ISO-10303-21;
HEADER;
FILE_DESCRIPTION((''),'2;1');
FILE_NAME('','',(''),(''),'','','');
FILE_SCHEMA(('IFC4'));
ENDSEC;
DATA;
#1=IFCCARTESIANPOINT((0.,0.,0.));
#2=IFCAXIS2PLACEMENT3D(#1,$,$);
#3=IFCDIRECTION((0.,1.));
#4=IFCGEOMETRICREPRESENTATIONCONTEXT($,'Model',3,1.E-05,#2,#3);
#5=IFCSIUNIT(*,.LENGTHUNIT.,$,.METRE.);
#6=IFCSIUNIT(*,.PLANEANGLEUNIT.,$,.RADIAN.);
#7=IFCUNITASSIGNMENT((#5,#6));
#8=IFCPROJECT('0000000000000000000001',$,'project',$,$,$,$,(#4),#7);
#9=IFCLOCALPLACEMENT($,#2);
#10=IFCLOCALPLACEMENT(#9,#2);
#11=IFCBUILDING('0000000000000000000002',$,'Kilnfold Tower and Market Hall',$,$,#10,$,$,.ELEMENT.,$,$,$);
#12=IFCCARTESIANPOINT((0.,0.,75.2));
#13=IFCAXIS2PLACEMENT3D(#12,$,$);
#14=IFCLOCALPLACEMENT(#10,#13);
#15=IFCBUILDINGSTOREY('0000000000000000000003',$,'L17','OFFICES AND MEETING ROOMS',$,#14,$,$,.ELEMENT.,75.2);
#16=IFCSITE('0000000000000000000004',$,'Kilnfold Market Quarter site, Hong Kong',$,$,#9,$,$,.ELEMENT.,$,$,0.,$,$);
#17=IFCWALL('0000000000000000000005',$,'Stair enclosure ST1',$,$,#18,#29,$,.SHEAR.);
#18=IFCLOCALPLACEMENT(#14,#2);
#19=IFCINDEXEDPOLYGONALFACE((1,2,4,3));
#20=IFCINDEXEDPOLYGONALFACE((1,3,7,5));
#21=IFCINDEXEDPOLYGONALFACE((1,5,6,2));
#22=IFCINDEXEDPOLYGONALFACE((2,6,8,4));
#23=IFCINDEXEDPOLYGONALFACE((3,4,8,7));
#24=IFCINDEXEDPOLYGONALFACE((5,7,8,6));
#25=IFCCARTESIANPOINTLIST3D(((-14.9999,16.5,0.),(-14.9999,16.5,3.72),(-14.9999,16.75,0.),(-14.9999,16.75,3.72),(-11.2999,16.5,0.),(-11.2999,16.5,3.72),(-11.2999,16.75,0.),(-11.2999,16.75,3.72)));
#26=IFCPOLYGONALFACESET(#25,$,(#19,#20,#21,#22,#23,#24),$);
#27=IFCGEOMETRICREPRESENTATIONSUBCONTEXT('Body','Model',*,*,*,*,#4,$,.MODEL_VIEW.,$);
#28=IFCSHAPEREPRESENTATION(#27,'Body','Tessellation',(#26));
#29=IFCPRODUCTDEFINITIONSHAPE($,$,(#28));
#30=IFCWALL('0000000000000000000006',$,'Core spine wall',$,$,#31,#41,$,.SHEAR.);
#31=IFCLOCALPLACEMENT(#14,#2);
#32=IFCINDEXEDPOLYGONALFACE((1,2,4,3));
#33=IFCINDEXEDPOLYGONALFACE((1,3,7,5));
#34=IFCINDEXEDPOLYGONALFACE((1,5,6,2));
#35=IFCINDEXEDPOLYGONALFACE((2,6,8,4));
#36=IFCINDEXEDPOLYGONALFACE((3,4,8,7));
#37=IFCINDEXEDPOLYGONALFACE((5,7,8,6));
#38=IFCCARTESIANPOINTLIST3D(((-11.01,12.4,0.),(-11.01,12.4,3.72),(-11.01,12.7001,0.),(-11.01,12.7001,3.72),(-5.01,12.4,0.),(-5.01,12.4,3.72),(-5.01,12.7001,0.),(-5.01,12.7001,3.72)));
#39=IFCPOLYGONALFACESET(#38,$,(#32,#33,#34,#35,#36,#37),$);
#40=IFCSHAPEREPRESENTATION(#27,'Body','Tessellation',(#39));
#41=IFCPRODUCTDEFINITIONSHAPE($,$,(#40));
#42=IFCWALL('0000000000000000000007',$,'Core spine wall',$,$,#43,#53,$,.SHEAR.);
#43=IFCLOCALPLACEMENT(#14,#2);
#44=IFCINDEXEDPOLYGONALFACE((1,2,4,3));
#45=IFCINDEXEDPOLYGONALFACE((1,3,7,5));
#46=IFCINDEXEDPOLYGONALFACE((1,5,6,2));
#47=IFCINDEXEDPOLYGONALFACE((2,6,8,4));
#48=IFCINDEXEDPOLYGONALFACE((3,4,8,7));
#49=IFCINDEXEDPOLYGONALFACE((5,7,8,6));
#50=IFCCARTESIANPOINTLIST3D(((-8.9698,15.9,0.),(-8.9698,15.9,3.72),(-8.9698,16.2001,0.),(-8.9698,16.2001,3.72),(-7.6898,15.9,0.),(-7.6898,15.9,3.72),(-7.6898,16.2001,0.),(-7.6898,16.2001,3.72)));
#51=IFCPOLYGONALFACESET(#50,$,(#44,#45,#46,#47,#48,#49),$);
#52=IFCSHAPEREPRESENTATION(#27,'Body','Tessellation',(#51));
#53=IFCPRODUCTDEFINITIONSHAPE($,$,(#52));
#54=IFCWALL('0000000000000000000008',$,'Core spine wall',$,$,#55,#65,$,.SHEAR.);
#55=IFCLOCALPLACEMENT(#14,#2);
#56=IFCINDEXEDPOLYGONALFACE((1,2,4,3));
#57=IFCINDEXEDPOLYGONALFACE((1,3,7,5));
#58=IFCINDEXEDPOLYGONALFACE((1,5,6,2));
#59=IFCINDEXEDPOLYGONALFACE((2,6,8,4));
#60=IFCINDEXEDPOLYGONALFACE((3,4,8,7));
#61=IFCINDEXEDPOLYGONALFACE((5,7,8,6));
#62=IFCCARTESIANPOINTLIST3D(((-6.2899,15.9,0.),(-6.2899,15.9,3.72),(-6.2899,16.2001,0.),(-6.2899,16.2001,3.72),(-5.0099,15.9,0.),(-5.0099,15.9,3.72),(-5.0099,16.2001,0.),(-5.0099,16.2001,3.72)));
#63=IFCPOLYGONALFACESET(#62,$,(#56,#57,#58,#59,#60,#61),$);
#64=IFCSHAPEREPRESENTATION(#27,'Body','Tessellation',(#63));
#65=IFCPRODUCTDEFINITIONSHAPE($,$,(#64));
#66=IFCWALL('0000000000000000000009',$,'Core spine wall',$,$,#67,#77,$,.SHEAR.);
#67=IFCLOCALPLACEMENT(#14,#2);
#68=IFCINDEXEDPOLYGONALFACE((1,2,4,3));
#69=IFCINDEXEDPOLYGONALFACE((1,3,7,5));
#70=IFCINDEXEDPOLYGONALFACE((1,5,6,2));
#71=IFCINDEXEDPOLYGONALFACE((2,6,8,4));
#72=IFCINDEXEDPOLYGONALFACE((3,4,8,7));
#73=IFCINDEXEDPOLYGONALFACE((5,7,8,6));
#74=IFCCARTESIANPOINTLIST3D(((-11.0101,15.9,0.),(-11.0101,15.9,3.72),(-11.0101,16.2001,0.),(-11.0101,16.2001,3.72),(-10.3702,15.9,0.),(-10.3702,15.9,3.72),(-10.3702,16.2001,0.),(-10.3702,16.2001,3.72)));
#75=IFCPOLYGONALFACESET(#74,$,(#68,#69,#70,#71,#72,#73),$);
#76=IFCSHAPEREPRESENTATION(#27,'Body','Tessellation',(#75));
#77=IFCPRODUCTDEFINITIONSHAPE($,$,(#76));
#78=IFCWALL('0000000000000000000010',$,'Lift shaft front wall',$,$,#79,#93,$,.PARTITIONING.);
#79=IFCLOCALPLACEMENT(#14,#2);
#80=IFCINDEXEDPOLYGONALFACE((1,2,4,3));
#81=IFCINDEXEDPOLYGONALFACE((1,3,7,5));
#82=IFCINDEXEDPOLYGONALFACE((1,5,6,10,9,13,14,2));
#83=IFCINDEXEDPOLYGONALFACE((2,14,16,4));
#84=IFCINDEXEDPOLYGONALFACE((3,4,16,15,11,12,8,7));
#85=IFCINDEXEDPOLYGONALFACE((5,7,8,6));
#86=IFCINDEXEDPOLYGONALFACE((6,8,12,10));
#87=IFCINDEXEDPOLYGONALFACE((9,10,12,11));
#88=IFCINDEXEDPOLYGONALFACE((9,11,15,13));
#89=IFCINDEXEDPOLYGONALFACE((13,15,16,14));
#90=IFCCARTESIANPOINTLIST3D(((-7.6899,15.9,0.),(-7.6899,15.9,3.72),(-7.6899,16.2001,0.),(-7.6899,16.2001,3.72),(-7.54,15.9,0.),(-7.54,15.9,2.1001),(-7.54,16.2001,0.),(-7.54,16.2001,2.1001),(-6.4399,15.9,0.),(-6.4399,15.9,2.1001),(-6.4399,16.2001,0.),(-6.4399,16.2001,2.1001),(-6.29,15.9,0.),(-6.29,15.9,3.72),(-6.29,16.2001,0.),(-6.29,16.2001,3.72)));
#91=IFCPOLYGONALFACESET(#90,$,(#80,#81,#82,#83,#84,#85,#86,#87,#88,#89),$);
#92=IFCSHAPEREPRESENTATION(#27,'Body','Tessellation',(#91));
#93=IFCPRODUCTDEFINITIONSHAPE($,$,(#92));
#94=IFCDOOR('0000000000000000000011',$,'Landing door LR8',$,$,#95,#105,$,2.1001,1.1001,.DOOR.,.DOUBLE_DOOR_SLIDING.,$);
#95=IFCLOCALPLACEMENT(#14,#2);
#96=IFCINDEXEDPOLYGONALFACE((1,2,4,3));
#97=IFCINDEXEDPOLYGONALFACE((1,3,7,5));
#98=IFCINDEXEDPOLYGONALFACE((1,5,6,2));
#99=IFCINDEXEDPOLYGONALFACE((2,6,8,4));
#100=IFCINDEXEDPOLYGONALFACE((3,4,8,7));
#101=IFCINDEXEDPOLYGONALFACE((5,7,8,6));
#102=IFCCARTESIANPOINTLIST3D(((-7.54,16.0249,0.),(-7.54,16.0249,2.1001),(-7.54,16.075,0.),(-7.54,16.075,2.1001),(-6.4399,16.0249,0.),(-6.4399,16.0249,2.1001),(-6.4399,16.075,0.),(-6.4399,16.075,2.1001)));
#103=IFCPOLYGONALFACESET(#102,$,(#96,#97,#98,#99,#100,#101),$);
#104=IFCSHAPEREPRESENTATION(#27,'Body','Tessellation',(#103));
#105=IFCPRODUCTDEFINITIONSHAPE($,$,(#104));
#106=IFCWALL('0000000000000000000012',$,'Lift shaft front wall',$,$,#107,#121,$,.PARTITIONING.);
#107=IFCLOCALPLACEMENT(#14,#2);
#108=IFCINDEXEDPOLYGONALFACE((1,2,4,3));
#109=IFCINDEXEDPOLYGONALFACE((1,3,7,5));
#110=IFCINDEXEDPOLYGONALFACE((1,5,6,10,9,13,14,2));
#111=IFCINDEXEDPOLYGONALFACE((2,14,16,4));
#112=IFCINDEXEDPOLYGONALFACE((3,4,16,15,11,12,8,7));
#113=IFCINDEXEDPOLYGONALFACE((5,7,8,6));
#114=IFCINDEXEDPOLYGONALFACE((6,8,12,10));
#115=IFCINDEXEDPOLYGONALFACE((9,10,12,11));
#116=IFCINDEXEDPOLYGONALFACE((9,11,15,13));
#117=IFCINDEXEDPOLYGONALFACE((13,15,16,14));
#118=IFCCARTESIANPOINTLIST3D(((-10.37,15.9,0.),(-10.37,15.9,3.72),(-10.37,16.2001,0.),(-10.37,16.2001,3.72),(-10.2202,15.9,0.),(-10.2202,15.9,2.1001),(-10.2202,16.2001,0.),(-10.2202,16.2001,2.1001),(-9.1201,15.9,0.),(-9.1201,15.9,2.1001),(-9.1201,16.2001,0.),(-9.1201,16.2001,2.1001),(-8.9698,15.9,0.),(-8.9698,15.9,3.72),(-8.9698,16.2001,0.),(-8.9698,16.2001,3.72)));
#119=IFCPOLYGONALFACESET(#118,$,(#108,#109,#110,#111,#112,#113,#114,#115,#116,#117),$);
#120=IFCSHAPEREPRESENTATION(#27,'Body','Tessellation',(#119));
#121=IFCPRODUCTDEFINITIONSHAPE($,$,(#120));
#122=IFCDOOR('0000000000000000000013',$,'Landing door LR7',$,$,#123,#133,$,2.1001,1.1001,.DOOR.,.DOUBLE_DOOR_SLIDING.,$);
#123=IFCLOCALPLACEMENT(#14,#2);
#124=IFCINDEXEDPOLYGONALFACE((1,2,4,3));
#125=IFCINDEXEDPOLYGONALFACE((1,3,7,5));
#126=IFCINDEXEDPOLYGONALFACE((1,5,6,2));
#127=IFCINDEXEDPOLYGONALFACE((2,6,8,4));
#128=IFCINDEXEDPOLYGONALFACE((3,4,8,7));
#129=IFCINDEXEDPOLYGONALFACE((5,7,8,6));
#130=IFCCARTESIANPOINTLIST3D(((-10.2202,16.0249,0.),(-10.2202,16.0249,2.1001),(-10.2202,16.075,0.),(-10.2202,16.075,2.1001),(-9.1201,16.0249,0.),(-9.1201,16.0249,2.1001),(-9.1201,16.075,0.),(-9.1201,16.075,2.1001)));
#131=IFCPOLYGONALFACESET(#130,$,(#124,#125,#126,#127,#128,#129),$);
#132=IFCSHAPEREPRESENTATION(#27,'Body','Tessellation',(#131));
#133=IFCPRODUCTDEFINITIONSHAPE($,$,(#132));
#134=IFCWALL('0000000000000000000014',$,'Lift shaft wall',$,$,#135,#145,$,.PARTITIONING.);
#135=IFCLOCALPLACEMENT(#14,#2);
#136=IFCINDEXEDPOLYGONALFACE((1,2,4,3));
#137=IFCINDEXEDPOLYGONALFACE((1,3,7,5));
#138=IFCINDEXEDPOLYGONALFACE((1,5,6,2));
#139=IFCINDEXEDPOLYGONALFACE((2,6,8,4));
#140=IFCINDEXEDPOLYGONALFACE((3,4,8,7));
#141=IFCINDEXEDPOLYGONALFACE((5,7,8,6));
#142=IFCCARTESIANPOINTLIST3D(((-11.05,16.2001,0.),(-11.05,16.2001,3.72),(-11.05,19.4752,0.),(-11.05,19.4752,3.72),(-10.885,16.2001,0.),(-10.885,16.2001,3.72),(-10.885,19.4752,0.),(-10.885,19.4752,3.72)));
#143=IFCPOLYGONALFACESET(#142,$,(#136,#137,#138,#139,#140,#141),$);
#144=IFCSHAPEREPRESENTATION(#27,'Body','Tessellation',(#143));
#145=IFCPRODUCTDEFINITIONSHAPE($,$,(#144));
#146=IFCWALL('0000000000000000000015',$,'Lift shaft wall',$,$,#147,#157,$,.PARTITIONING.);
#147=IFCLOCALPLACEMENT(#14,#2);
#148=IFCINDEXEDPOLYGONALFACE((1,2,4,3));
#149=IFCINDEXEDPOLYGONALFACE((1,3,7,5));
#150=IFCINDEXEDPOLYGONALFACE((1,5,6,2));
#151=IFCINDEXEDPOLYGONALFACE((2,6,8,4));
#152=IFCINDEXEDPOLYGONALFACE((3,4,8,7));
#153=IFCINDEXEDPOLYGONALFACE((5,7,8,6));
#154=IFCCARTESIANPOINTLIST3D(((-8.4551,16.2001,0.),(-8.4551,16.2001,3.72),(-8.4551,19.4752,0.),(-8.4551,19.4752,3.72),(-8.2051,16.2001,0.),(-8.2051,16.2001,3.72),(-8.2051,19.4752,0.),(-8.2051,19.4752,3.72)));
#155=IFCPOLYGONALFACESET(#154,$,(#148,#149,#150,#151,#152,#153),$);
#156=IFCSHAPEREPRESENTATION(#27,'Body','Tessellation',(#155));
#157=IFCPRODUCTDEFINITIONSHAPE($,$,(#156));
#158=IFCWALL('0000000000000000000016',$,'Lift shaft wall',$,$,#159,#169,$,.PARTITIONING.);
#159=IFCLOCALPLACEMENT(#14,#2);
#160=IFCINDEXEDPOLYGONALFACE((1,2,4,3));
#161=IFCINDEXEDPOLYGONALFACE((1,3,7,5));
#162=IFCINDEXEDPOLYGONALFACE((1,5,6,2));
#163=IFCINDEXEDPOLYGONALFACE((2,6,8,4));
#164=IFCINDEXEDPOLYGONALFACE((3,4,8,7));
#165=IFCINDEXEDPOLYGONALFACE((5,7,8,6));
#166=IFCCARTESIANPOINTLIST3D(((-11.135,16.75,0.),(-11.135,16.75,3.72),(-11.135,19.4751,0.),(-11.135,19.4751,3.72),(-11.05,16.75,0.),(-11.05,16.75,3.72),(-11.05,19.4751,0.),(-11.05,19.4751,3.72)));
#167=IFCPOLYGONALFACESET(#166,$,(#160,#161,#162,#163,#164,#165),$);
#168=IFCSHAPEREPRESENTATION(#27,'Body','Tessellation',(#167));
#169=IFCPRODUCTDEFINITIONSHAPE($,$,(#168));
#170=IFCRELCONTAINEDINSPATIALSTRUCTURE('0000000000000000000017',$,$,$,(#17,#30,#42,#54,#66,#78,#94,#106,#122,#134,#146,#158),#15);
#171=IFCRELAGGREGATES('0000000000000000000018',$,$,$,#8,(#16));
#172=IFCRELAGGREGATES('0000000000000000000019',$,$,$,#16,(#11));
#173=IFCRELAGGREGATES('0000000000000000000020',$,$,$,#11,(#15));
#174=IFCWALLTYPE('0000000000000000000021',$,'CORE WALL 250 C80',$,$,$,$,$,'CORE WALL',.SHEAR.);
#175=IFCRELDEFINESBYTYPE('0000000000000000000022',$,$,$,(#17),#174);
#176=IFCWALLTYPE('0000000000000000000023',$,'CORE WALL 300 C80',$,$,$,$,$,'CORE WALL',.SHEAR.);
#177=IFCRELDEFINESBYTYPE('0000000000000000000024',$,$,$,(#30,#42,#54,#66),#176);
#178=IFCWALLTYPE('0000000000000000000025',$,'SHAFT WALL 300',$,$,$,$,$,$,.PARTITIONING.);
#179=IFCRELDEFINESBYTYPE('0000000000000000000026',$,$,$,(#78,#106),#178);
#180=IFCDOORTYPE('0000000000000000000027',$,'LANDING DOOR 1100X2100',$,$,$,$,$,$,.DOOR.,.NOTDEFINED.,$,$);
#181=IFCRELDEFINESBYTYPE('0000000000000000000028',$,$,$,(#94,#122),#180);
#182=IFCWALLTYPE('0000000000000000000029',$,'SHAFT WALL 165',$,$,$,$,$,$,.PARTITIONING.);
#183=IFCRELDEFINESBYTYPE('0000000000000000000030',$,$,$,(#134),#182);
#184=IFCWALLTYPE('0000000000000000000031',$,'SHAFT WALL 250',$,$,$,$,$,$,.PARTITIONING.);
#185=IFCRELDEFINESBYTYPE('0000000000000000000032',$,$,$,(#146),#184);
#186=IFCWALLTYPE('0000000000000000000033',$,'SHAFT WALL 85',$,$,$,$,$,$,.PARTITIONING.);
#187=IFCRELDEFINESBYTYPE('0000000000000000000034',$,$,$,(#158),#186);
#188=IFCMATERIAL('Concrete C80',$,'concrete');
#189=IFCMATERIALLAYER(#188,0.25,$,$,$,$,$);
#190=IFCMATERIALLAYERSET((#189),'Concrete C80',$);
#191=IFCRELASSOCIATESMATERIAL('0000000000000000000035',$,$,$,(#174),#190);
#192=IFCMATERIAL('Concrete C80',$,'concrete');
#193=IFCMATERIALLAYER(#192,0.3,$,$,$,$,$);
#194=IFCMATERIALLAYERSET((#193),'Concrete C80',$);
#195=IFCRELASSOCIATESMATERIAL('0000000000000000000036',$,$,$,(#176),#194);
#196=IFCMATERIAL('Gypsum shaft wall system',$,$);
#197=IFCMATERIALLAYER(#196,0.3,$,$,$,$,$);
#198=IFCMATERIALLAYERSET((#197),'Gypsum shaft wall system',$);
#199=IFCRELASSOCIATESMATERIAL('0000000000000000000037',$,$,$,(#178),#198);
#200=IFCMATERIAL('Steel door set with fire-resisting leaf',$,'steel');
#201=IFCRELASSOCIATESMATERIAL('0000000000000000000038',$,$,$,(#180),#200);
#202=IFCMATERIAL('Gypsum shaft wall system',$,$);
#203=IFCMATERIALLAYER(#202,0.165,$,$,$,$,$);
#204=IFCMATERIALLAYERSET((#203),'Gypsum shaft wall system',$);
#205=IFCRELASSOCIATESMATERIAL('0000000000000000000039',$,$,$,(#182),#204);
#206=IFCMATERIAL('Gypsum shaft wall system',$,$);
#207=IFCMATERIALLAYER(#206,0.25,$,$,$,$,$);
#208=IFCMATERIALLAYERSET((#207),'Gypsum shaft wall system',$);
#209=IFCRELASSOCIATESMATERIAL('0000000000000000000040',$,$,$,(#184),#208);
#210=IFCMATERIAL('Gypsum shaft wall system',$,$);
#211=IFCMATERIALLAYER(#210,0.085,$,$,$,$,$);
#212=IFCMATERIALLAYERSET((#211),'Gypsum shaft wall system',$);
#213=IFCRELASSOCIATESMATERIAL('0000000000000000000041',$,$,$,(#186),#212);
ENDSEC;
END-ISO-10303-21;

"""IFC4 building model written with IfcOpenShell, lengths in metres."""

from ifc_helpers import new_model, si_unit, direction, frame, frame_2d, origin, place, context, subcontext, project, spatial, rectangle, extrude, source, transform, mapped, material, layer, layer_set, type_object, element, fill, save


model = new_model("IFC4")

# Units and contexts
model_context = context("Model", 3, precision=1e-05, world=origin(), true_north=direction((0.0, 1.0)))
body_context = subcontext(model_context, "Body", "Model", "MODEL_VIEW")
ifc_project = project(units=[si_unit("LENGTHUNIT", "METRE"), si_unit("PLANEANGLEUNIT", "RADIAN")], contexts=[model_context])

# Site, building, storey
site_placement = place(None, origin())
site = spatial("IfcSite", under=ifc_project, at=site_placement, Name="Kilnfold Market Quarter site, Hong Kong", CompositionType="ELEMENT", RefElevation=0.0)
building_placement = place(site_placement, origin())
building = spatial("IfcBuilding", under=site, at=building_placement, Name="Kilnfold Tower and Market Hall", CompositionType="ELEMENT")
storey_placement = place(building_placement, frame((0.0, 0.0, 75.2)))
storey = spatial("IfcBuildingStorey", under=building, at=storey_placement, Name="L17", Description="OFFICES AND MEETING ROOMS", CompositionType="ELEMENT", Elevation=75.2)

# Walls
ifc_material_1 = material(Name="Concrete C80", Category="concrete")
ifc_layer_1 = layer(ifc_material_1, 0.25)
ifc_layer_set_1 = layer_set([ifc_layer_1], Name="Concrete C80")
wall_type_1 = type_object("IfcWallType", Name="CORE WALL 250 C80", ElementType="CORE WALL", PredefinedType="SHEAR", material=ifc_layer_set_1)
shared_shape_1 = source(origin(), body_context, "Body", "SweptSolid", [
    extrude(rectangle(XDim=3.7, YDim=0.25, at=frame_2d((1.8501, 0.0))), origin(), (0.0, 0.0, 1.0), 3.72),
])
wall_1_placement = place(storey_placement, frame((-15.0, 16.625, 0.0), z_axis=(0.0, 0.0, 1.0), x_axis=(1.0, 0.0, 0.0)))
element("IfcWall", 1, at=wall_1_placement, inside=storey, type_object=wall_type_1, Name="Stair enclosure ST1", PredefinedType="SHEAR", context=body_context, shape_type="MappedRepresentation", body=[
    mapped(shared_shape_1, transform((0.0, 0.0, 0.0))),
])
ifc_material_2 = material(Name="Concrete C80", Category="concrete")
ifc_layer_2 = layer(ifc_material_2, 0.3)
ifc_layer_set_2 = layer_set([ifc_layer_2], Name="Concrete C80")
wall_type_2 = type_object("IfcWallType", Name="CORE WALL 300 C80", ElementType="CORE WALL", PredefinedType="SHEAR", material=ifc_layer_set_2)
shared_shape_2 = source(origin(), body_context, "Body", "SweptSolid", [
    extrude(rectangle(XDim=6.0, YDim=0.3, at=frame_2d((3.0, 0.0))), origin(), (0.0, 0.0, 1.0), 3.72),
])
wall_2_placement = place(storey_placement, frame((-11.01, 12.55, 0.0), z_axis=(0.0, 0.0, 1.0), x_axis=(1.0, 0.0, 0.0)))
element("IfcWall", 2, at=wall_2_placement, inside=storey, type_object=wall_type_2, Name="Core spine wall", PredefinedType="SHEAR", context=body_context, shape_type="MappedRepresentation", body=[
    mapped(shared_shape_2, transform((0.0, 0.0, 0.0))),
])
shared_shape_3 = source(origin(), body_context, "Body", "SweptSolid", [
    extrude(rectangle(XDim=1.28, YDim=0.3, at=frame_2d((0.6401, 0.0))), origin(), (0.0, 0.0, 1.0), 3.72),
])
for number, where, z_axis, x_axis, name in (
    (3, (-8.97, 16.05, 0.0), (0.0, 0.0, 1.0), (1.0, 0.0, 0.0), "Core spine wall"),
    (4, (-6.29, 16.05, 0.0), (0.0, 0.0, 1.0), (1.0, 0.0, 0.0), "Core spine wall"),
):
    element("IfcWall", number, at=place(storey_placement, frame(where, z_axis=z_axis, x_axis=x_axis)), inside=storey, type_object=wall_type_2, Name=name, PredefinedType="SHEAR", context=body_context, shape_type="MappedRepresentation", body=[
        mapped(shared_shape_3, transform((0.0, 0.0, 0.0))),
    ])
shared_shape_4 = source(origin(), body_context, "Body", "SweptSolid", [
    extrude(rectangle(XDim=0.6399, YDim=0.3, at=frame_2d((0.3198, 0.0))), origin(), (0.0, 0.0, 1.0), 3.72),
])
wall_3_placement = place(storey_placement, frame((-11.01, 16.05, 0.0), z_axis=(0.0, 0.0, 1.0), x_axis=(1.0, 0.0, 0.0)))
element("IfcWall", 5, at=wall_3_placement, inside=storey, type_object=wall_type_2, Name="Core spine wall", PredefinedType="SHEAR", context=body_context, shape_type="MappedRepresentation", body=[
    mapped(shared_shape_4, transform((0.0, 0.0, 0.0))),
])

# Walls, openings, doors
ifc_material_3 = material(Name="Gypsum shaft wall system")
ifc_layer_3 = layer(ifc_material_3, 0.3)
ifc_layer_set_3 = layer_set([ifc_layer_3], Name="Gypsum shaft wall system")
wall_type_3 = type_object("IfcWallType", Name="SHAFT WALL 300", PredefinedType="PARTITIONING", material=ifc_layer_set_3)
shared_shape_5 = source(origin(), body_context, "Body", "SweptSolid", [
    extrude(rectangle(XDim=1.3999, YDim=0.3, at=frame_2d((0.7, 0.0))), origin(), (0.0, 0.0, 1.0), 3.72),
])
wall_4_placement = place(storey_placement, frame((-7.6899, 16.05, 0.0), z_axis=(0.0, 0.0, 1.0), x_axis=(1.0, 0.0, 0.0)))
wall_4 = element("IfcWall", 6, at=wall_4_placement, inside=storey, type_object=wall_type_3, Name="Lift shaft front wall", PredefinedType="PARTITIONING", context=body_context, shape_type="MappedRepresentation", body=[
    mapped(shared_shape_5, transform((0.0, 0.0, 0.0))),
])
opening_1_placement = place(wall_4_placement, frame((0.1499, 0.0, 0.0)))
opening_1 = element("IfcOpeningElement", 7, at=opening_1_placement, cuts=wall_4, PredefinedType="OPENING", context=body_context, shape_type="SweptSolid", body=[
    extrude(rectangle(XDim=1.1001, YDim=2.1001, at=frame_2d((0.55, 1.05))), frame((0.0, 0.1602, 0.0), z_axis=(0.0, -1.0, 0.0), x_axis=(1.0, 0.0, 0.0)), (0.0, 0.0, 1.0), 0.3201),
])
ifc_material_4 = material(Name="Steel door set with fire-resisting leaf", Category="steel")
door_type = type_object("IfcDoorType", Name="LANDING DOOR 1100X2100", OperationType="NOTDEFINED", PredefinedType="DOOR", material=ifc_material_4)
door_1_placement = place(opening_1_placement, origin())
door_1 = element("IfcDoor", 8, at=door_1_placement, inside=storey, type_object=door_type, Name="Landing door LR8", OperationType="DOUBLE_DOOR_SLIDING", OverallHeight=2.1001, OverallWidth=1.1001, PredefinedType="DOOR", context=body_context, shape_type="SweptSolid", body=[
    extrude(rectangle(XDim=1.1001, YDim=2.1001, at=frame_2d((0.55, 1.05))), frame((0.0, 0.0249, 0.0), z_axis=(0.0, -1.0, 0.0), x_axis=(1.0, 0.0, 0.0)), (0.0, 0.0, 1.0), 0.05),
])
fill(opening_1, door_1)
shared_shape_6 = source(origin(), body_context, "Body", "SweptSolid", [
    extrude(rectangle(XDim=1.4001, YDim=0.3, at=frame_2d((0.7002, 0.0))), origin(), (0.0, 0.0, 1.0), 3.72),
])
wall_5_placement = place(storey_placement, frame((-10.3701, 16.05, 0.0), z_axis=(0.0, 0.0, 1.0), x_axis=(1.0, 0.0, 0.0)))
wall_5 = element("IfcWall", 9, at=wall_5_placement, inside=storey, type_object=wall_type_3, Name="Lift shaft front wall", PredefinedType="PARTITIONING", context=body_context, shape_type="MappedRepresentation", body=[
    mapped(shared_shape_6, transform((0.0, 0.0, 0.0))),
])
opening_2_placement = place(wall_5_placement, frame((0.1499, 0.0, 0.0)))
opening_2 = element("IfcOpeningElement", 10, at=opening_2_placement, cuts=wall_5, PredefinedType="OPENING", context=body_context, shape_type="SweptSolid", body=[
    extrude(rectangle(XDim=1.1001, YDim=2.1001, at=frame_2d((0.55, 1.05))), frame((0.0, 0.1602, 0.0), z_axis=(0.0, -1.0, 0.0), x_axis=(1.0, 0.0, 0.0)), (0.0, 0.0, 1.0), 0.3201),
])
door_2_placement = place(opening_2_placement, origin())
door_2 = element("IfcDoor", 11, at=door_2_placement, inside=storey, type_object=door_type, Name="Landing door LR7", OperationType="DOUBLE_DOOR_SLIDING", OverallHeight=2.1001, OverallWidth=1.1001, PredefinedType="DOOR", context=body_context, shape_type="SweptSolid", body=[
    extrude(rectangle(XDim=1.1001, YDim=2.1001, at=frame_2d((0.55, 1.05))), frame((0.0, 0.0249, 0.0), z_axis=(0.0, -1.0, 0.0), x_axis=(1.0, 0.0, 0.0)), (0.0, 0.0, 1.0), 0.05),
])
fill(opening_2, door_2)

# Walls
ifc_material_5 = material(Name="Gypsum shaft wall system")
ifc_layer_4 = layer(ifc_material_5, 0.165)
ifc_layer_set_4 = layer_set([ifc_layer_4], Name="Gypsum shaft wall system")
wall_type_4 = type_object("IfcWallType", Name="SHAFT WALL 165", PredefinedType="PARTITIONING", material=ifc_layer_set_4)
shared_shape_7 = source(origin(), body_context, "Body", "SweptSolid", [
    extrude(rectangle(XDim=3.2751, YDim=0.165, at=frame_2d((1.6377, 0.0))), origin(), (0.0, 0.0, 1.0), 3.72),
])
wall_6_placement = place(storey_placement, frame((-10.9675, 16.2, 0.0), z_axis=(0.0, 0.0, 1.0), x_axis=(0.0, 1.0, 0.0)))
element("IfcWall", 12, at=wall_6_placement, inside=storey, type_object=wall_type_4, Name="Lift shaft wall", PredefinedType="PARTITIONING", context=body_context, shape_type="MappedRepresentation", body=[
    mapped(shared_shape_7, transform((0.0, 0.0, 0.0))),
])
ifc_material_6 = material(Name="Gypsum shaft wall system")
ifc_layer_5 = layer(ifc_material_6, 0.25)
ifc_layer_set_5 = layer_set([ifc_layer_5], Name="Gypsum shaft wall system")
wall_type_5 = type_object("IfcWallType", Name="SHAFT WALL 250", PredefinedType="PARTITIONING", material=ifc_layer_set_5)
shared_shape_8 = source(origin(), body_context, "Body", "SweptSolid", [
    extrude(rectangle(XDim=3.2751, YDim=0.25, at=frame_2d((1.6377, 0.0))), origin(), (0.0, 0.0, 1.0), 3.72),
])
wall_7_placement = place(storey_placement, frame((-8.3301, 16.2, 0.0), z_axis=(0.0, 0.0, 1.0), x_axis=(0.0, 1.0, 0.0)))
element("IfcWall", 13, at=wall_7_placement, inside=storey, type_object=wall_type_5, Name="Lift shaft wall", PredefinedType="PARTITIONING", context=body_context, shape_type="MappedRepresentation", body=[
    mapped(shared_shape_8, transform((0.0, 0.0, 0.0))),
])
ifc_material_7 = material(Name="Gypsum shaft wall system")
ifc_layer_6 = layer(ifc_material_7, 0.085)
ifc_layer_set_6 = layer_set([ifc_layer_6], Name="Gypsum shaft wall system")
wall_type_6 = type_object("IfcWallType", Name="SHAFT WALL 85", PredefinedType="PARTITIONING", material=ifc_layer_set_6)
shared_shape_9 = source(origin(), body_context, "Body", "SweptSolid", [
    extrude(rectangle(XDim=2.7251, YDim=0.085, at=frame_2d((1.3625, 0.0))), origin(), (0.0, 0.0, 1.0), 3.72),
])
wall_8_placement = place(storey_placement, frame((-11.0925, 16.75, 0.0), z_axis=(0.0, 0.0, 1.0), x_axis=(0.0, 1.0, 0.0)))
element("IfcWall", 14, at=wall_8_placement, inside=storey, type_object=wall_type_6, Name="Lift shaft wall", PredefinedType="PARTITIONING", context=body_context, shape_type="MappedRepresentation", body=[
    mapped(shared_shape_9, transform((0.0, 0.0, 0.0))),
])

save(model, "model.ifc")
